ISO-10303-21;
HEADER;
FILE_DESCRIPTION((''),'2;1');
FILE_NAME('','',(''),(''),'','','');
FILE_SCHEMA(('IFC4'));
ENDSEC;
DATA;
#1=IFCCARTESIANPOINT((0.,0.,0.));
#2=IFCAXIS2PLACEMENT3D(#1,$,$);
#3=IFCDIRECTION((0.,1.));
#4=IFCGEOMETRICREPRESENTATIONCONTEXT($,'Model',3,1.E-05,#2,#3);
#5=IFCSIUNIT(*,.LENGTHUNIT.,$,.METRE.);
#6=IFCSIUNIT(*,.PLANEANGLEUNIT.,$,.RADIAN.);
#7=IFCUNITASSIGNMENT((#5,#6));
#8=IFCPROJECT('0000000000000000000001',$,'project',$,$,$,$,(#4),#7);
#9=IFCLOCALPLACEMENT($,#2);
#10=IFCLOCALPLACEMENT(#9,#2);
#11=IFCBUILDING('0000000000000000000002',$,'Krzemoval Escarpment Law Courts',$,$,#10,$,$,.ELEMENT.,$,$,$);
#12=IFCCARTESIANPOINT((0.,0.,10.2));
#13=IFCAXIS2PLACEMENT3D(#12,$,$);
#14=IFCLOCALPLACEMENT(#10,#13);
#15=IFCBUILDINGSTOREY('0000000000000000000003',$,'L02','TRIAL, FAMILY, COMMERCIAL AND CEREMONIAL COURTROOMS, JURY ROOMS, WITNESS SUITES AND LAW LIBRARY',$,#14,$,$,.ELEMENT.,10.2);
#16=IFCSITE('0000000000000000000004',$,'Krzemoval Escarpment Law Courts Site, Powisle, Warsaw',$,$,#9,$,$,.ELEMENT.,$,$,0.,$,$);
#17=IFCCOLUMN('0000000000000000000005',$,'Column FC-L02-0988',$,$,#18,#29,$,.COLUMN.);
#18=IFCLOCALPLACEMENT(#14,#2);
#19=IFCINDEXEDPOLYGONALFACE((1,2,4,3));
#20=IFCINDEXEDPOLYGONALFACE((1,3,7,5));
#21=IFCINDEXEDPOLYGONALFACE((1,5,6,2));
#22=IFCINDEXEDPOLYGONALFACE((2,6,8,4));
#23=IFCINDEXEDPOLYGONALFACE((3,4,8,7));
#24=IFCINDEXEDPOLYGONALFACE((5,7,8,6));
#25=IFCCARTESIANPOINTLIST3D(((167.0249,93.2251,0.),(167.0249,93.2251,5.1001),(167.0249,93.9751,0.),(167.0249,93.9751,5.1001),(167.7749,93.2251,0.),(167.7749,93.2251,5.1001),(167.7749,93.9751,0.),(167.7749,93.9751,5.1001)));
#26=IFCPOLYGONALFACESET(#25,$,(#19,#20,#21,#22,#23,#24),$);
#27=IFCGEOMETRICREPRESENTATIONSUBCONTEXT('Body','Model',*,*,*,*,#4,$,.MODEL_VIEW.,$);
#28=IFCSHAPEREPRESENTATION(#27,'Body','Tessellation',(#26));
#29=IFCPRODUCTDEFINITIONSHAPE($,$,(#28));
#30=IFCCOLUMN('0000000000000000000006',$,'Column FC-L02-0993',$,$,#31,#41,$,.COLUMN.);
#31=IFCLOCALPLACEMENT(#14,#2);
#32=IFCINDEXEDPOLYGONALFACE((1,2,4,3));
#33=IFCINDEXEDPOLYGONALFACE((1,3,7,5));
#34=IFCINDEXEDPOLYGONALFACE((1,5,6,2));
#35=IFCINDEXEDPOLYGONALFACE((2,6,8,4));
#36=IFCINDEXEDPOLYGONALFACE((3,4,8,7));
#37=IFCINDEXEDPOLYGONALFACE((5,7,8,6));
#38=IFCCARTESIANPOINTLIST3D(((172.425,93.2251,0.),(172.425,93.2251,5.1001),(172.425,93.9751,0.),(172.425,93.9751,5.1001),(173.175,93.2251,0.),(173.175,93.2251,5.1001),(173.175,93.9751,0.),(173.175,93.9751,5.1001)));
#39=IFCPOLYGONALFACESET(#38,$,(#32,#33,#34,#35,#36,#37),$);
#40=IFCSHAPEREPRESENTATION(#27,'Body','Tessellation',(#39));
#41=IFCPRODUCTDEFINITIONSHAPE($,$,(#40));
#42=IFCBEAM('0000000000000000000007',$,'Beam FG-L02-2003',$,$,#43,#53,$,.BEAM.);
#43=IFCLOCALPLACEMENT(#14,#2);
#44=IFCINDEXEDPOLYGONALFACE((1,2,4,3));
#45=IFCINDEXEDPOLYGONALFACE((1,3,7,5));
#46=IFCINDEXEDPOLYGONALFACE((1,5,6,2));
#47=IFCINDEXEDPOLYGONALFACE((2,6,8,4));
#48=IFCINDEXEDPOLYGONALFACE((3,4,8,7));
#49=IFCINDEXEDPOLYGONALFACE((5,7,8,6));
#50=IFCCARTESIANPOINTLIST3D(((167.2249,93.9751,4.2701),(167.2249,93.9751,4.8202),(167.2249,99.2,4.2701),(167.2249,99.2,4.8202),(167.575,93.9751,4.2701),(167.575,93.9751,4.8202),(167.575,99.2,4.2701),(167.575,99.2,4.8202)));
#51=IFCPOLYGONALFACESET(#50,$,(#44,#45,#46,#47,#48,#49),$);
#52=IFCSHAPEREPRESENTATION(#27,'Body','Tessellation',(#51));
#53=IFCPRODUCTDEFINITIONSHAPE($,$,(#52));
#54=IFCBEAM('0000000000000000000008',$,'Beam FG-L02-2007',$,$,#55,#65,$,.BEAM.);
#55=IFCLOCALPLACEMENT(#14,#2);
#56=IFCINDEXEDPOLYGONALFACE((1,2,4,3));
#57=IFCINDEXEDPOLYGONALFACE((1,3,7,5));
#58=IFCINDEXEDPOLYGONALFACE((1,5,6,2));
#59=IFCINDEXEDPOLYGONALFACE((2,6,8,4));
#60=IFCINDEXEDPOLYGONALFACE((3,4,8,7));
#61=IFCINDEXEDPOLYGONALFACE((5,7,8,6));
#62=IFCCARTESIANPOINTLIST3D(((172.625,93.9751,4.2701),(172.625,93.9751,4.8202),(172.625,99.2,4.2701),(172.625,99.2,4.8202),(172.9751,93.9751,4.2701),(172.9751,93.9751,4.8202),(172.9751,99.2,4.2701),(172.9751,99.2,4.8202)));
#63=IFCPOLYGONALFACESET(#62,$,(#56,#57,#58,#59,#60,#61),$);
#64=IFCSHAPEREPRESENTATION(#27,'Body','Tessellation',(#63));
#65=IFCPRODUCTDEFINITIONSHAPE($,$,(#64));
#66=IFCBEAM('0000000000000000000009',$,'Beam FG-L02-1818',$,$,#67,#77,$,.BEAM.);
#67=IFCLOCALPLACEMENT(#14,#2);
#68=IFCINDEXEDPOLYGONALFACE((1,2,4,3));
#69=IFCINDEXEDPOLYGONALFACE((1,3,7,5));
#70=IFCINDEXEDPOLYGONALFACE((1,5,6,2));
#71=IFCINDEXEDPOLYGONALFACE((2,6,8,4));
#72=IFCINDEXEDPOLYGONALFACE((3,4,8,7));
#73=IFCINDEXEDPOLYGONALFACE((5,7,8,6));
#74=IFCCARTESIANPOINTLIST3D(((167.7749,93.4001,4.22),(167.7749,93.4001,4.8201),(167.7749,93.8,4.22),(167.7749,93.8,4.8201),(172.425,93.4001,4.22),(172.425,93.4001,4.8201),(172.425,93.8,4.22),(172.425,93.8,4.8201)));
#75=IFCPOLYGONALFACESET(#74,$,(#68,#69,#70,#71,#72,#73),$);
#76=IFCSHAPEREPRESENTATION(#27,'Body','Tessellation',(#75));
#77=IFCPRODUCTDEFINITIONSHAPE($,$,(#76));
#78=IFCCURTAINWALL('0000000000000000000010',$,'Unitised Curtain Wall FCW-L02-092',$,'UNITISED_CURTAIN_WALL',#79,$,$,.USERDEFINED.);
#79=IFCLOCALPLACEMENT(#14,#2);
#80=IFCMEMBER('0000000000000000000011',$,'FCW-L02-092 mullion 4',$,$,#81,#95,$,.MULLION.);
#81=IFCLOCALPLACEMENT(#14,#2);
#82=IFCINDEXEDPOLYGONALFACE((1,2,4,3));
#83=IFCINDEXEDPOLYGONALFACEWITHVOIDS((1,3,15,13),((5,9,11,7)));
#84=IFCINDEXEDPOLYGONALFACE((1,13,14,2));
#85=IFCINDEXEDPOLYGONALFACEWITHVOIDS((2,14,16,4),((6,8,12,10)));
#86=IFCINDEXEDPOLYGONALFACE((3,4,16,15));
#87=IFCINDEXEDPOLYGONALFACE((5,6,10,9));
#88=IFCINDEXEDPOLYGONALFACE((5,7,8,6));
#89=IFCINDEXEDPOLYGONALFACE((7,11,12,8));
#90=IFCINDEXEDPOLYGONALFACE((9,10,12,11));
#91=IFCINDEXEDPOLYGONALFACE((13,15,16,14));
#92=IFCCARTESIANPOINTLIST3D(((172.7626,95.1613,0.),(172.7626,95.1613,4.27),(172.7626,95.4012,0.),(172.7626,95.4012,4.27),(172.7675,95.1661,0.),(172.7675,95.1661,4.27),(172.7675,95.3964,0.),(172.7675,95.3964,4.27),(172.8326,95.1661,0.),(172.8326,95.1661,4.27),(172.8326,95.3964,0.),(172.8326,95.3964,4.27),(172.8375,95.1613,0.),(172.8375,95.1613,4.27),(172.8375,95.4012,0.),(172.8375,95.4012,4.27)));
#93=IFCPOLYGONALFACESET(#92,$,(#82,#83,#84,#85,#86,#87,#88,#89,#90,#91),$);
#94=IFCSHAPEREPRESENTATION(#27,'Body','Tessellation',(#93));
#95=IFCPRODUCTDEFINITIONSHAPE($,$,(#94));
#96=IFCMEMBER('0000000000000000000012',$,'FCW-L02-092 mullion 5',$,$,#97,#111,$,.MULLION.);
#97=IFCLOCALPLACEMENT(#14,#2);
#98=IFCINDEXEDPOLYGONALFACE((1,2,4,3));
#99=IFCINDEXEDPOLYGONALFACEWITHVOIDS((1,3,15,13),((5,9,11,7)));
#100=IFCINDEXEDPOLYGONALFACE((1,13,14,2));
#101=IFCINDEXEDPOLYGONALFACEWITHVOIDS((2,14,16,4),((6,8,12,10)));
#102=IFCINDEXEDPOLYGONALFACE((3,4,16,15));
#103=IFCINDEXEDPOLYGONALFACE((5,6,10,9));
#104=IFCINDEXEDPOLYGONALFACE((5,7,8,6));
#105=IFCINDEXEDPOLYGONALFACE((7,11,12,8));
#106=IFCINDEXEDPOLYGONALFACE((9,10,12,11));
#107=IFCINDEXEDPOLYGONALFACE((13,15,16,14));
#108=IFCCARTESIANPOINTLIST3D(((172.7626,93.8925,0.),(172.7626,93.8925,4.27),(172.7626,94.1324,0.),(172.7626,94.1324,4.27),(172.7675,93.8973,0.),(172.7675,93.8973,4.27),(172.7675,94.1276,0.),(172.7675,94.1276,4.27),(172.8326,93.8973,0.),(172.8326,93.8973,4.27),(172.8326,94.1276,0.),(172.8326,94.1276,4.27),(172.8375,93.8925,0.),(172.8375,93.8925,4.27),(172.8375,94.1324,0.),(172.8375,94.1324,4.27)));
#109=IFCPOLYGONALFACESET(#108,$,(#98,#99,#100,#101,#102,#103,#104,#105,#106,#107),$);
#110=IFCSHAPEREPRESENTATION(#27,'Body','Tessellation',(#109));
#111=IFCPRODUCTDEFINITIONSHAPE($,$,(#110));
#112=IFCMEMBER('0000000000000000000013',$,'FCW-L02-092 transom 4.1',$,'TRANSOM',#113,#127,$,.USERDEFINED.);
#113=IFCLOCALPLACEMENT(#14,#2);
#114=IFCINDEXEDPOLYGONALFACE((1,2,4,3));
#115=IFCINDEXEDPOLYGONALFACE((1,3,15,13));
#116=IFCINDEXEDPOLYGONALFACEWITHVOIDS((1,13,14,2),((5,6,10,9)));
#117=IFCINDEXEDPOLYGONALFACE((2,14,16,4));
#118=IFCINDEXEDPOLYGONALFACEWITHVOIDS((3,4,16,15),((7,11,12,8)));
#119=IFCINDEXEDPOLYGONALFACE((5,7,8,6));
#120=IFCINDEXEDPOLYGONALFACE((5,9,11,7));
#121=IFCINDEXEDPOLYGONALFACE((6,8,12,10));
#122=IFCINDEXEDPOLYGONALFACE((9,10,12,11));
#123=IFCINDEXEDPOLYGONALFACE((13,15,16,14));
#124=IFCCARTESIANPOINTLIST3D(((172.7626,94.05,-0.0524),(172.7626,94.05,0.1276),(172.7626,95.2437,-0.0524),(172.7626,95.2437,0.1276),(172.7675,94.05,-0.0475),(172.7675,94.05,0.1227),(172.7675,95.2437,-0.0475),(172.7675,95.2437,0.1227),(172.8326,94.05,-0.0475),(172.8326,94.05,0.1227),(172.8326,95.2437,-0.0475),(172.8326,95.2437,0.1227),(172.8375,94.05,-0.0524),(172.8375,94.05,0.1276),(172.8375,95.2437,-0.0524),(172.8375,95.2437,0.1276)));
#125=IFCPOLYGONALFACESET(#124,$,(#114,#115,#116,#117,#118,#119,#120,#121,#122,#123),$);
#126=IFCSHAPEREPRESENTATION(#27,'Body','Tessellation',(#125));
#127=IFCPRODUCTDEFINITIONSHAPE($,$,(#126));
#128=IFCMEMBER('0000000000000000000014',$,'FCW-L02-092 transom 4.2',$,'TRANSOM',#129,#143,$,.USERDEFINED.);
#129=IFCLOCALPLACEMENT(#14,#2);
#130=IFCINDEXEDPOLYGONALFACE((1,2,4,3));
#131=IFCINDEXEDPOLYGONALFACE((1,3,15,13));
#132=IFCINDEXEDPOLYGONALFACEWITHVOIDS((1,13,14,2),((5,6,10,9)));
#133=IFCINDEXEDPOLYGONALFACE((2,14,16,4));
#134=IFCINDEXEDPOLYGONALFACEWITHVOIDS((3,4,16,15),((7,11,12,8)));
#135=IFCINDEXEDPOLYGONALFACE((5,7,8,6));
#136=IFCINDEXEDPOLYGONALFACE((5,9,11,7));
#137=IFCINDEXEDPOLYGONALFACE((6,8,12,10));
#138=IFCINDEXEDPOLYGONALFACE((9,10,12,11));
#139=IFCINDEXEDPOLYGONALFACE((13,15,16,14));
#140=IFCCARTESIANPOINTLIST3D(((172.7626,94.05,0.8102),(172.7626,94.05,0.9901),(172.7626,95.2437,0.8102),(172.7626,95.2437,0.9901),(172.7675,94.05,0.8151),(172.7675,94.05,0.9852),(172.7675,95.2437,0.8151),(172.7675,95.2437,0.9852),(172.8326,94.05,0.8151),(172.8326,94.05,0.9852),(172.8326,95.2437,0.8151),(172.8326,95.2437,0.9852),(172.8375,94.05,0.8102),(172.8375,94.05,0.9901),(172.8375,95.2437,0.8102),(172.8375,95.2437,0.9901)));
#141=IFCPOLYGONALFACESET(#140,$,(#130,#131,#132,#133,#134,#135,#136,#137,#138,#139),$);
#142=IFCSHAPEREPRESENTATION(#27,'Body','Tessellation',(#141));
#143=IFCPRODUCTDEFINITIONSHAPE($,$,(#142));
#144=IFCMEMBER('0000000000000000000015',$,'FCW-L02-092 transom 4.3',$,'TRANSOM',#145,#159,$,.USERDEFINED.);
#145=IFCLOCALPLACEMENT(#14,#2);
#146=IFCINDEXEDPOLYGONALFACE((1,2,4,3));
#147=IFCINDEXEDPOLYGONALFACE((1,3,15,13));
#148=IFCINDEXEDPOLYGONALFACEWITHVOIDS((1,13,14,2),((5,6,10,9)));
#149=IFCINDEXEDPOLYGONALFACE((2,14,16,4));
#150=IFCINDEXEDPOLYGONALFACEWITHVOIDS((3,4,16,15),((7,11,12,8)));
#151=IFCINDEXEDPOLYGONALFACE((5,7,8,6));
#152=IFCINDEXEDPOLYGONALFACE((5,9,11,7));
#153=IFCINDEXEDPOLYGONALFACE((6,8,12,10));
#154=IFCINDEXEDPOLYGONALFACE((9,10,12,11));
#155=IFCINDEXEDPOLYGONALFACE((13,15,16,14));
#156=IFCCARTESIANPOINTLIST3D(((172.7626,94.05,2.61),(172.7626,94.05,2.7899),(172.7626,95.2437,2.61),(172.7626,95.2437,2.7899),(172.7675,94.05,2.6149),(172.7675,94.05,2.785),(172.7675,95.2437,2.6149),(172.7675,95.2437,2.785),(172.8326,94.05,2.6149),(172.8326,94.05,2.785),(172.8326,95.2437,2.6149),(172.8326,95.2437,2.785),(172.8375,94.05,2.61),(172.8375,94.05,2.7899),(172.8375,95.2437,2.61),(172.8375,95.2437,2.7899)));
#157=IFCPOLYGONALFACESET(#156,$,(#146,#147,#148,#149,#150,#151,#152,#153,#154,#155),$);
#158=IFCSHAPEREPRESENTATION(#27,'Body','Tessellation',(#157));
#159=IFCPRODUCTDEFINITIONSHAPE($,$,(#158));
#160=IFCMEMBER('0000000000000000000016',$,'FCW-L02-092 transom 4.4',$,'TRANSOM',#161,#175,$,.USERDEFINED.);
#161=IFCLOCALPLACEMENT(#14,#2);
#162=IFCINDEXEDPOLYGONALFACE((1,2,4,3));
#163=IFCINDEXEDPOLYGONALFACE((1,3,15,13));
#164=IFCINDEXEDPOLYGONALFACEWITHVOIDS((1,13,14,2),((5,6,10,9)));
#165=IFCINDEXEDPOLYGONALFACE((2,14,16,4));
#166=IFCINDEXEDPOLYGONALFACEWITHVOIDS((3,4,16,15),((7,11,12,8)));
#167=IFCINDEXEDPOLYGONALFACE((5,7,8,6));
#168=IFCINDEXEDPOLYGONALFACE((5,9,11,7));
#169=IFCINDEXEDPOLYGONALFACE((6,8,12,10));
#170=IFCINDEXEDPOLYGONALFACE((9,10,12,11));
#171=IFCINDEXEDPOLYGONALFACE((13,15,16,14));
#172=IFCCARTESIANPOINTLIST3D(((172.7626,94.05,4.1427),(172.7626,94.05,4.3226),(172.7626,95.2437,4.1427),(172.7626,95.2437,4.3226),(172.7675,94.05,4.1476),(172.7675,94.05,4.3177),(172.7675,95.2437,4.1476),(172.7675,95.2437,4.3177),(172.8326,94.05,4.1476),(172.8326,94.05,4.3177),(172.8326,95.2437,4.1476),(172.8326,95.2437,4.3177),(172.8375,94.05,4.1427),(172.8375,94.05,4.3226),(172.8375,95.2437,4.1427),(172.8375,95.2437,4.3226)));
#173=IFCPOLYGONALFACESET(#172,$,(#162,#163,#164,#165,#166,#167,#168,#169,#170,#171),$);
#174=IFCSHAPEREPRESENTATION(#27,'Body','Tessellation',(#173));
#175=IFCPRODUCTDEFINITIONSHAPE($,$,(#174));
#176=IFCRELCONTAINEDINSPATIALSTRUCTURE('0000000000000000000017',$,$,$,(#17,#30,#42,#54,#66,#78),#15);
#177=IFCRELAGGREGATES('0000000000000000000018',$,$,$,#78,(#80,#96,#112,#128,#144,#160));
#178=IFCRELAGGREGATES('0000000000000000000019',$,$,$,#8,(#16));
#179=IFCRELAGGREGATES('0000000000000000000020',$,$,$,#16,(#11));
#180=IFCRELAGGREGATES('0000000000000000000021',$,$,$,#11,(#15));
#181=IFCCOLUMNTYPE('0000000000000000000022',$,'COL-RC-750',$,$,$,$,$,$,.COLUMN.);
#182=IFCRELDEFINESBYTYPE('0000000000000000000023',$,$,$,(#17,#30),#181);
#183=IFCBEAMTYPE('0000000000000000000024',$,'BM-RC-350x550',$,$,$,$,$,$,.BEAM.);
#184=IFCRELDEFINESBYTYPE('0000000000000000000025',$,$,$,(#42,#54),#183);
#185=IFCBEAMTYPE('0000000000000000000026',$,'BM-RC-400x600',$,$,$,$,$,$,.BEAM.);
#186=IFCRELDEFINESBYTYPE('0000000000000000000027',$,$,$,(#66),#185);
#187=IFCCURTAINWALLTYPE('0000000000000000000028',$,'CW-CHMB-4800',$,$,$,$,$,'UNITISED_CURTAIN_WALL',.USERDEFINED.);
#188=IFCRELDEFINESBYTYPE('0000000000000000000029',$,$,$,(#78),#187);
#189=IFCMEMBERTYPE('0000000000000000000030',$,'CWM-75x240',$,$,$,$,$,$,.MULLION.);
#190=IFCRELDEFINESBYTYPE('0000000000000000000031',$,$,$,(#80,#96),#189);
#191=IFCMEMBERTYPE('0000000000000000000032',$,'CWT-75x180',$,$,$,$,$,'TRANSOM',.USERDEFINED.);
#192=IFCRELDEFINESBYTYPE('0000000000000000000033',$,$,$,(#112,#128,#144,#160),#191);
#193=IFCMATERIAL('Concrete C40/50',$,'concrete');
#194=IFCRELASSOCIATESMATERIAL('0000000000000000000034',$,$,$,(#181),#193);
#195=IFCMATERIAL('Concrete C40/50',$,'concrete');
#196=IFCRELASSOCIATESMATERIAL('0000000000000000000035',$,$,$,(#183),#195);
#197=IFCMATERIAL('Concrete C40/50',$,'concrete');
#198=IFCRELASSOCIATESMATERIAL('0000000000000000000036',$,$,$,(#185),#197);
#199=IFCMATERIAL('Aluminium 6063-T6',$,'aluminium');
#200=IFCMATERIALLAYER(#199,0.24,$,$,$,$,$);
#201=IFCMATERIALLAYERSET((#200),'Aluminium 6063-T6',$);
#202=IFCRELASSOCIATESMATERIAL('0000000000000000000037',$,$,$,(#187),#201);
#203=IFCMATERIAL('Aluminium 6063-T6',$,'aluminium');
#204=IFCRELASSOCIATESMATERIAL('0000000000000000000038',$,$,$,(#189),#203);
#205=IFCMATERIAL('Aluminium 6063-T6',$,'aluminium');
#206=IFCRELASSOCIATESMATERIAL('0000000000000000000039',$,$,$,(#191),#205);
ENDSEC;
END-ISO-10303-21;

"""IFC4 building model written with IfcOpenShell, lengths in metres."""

from ifc_helpers import new_model, si_unit, direction, frame, origin, origin_2d, place, context, subcontext, project, spatial, rectangle, hollow_rectangle, extrude, material, layer, layer_set, material_profile, profile_set, type_object, element, aggregate, save


model = new_model("IFC4")

# Units and contexts
model_context = context("Model", 3, precision=1e-05, world=origin(), true_north=direction((0.0, 1.0)))
body_context = subcontext(model_context, "Body", "Model", "MODEL_VIEW")
ifc_project = project(units=[si_unit("LENGTHUNIT", "METRE"), si_unit("PLANEANGLEUNIT", "RADIAN")], contexts=[model_context])

# Site, building, storey
site_placement = place(None, origin())
site = spatial("IfcSite", under=ifc_project, at=site_placement, Name="Krzemoval Escarpment Law Courts Site, Powisle, Warsaw", CompositionType="ELEMENT", RefElevation=0.0)
building_placement = place(site_placement, origin())
building = spatial("IfcBuilding", under=site, at=building_placement, Name="Krzemoval Escarpment Law Courts", CompositionType="ELEMENT")
storey_placement = place(building_placement, frame((0.0, 0.0, 10.2)))
storey = spatial("IfcBuildingStorey", under=building, at=storey_placement, Name="L02", Description="TRIAL, FAMILY, COMMERCIAL AND CEREMONIAL COURTROOMS, JURY ROOMS, WITNESS SUITES AND LAW LIBRARY", CompositionType="ELEMENT", Elevation=10.2)

# Columns
ifc_material_1 = material(Name="Concrete C40/50", Category="concrete")
ifc_material_profile_1 = material_profile(ifc_material_1, rectangle(XDim=0.75, YDim=0.75, at=origin_2d()), Name="RC 750x750")
ifc_profile_set_1 = profile_set([ifc_material_profile_1], Name="Concrete C40/50")
column_type = type_object("IfcColumnType", Name="COL-RC-750", PredefinedType="COLUMN", material=ifc_profile_set_1)
for number, where, z_axis, x_axis, name in (
    (1, (167.3999, 93.6001, 0.0), (0.0, 0.0, 1.0), (1.0, 0.0, 0.0), "Column FC-L02-0988"),
    (2, (172.8, 93.6001, 0.0), (0.0, 0.0, 1.0), (1.0, 0.0, 0.0), "Column FC-L02-0993"),
):
    element("IfcColumn", number, at=place(storey_placement, frame(where, z_axis=z_axis, x_axis=x_axis)), inside=storey, type_object=column_type, Name=name, PredefinedType="COLUMN", context=body_context, shape_type="SweptSolid", body=[
        extrude(rectangle(XDim=0.75, YDim=0.75, at=origin_2d()), origin(), (0.0, 0.0, 1.0), 5.1001),
    ])

# Beams
ifc_material_2 = material(Name="Concrete C40/50", Category="concrete")
ifc_material_profile_2 = material_profile(ifc_material_2, rectangle(XDim=0.3501, YDim=0.55, at=origin_2d()), Name="RCB 350x550")
ifc_profile_set_2 = profile_set([ifc_material_profile_2], Name="Concrete C40/50")
beam_type_1 = type_object("IfcBeamType", Name="BM-RC-350x550", PredefinedType="BEAM", material=ifc_profile_set_2)
for number, where, z_axis, x_axis, name in (
    (3, (167.3999, 93.9751, 4.5452), (0.0, 1.0, 0.0), (-1.0, 0.0, 0.0), "Beam FG-L02-2003"),
    (4, (172.8, 93.9751, 4.5452), (0.0, 1.0, 0.0), (-1.0, 0.0, 0.0), "Beam FG-L02-2007"),
):
    element("IfcBeam", number, at=place(storey_placement, frame(where, z_axis=z_axis, x_axis=x_axis)), inside=storey, type_object=beam_type_1, Name=name, PredefinedType="BEAM", context=body_context, shape_type="SweptSolid", body=[
        extrude(rectangle(XDim=0.3501, YDim=0.55, at=origin_2d()), origin(), (0.0, 0.0, 1.0), 5.2249),
    ])
ifc_material_3 = material(Name="Concrete C40/50", Category="concrete")
ifc_material_profile_3 = material_profile(ifc_material_3, rectangle(XDim=0.3999, YDim=0.6001, at=origin_2d()), Name="RCB 400x600")
ifc_profile_set_3 = profile_set([ifc_material_profile_3], Name="Concrete C40/50")
beam_type_2 = type_object("IfcBeamType", Name="BM-RC-400x600", PredefinedType="BEAM", material=ifc_profile_set_3)
beam_placement = place(storey_placement, frame((167.7749, 93.6001, 4.52), z_axis=(1.0, 0.0, 0.0), x_axis=(0.0, 1.0, 0.0)))
element("IfcBeam", 5, at=beam_placement, inside=storey, type_object=beam_type_2, Name="Beam FG-L02-1818", PredefinedType="BEAM", context=body_context, shape_type="SweptSolid", body=[
    extrude(rectangle(XDim=0.3999, YDim=0.6001, at=origin_2d()), origin(), (0.0, 0.0, 1.0), 4.6501),
])

# Curtain wall, members
ifc_material_4 = material(Name="Aluminium 6063-T6", Category="aluminium")
ifc_layer_1 = layer(ifc_material_4, 0.24)
ifc_layer_set_1 = layer_set([ifc_layer_1], Name="Aluminium 6063-T6")
curtain_wall_type = type_object("IfcCurtainWallType", Name="CW-CHMB-4800", ElementType="UNITISED_CURTAIN_WALL", PredefinedType="USERDEFINED", material=ifc_layer_set_1)
curtain_wall_placement = place(storey_placement, origin())
curtain_wall = element("IfcCurtainWall", 6, at=curtain_wall_placement, inside=storey, type_object=curtain_wall_type, Name="Unitised Curtain Wall FCW-L02-092", ObjectType="UNITISED_CURTAIN_WALL", PredefinedType="USERDEFINED")
ifc_material_5 = material(Name="Aluminium 6063-T6", Category="aluminium")
ifc_material_profile_4 = material_profile(ifc_material_5, hollow_rectangle(XDim=0.075, YDim=0.24, WallThickness=0.0049, at=origin_2d()), Name="ALU M75x240")
ifc_profile_set_4 = profile_set([ifc_material_profile_4], Name="Aluminium 6063-T6")
member_type_1 = type_object("IfcMemberType", Name="CWM-75x240", PredefinedType="MULLION", material=ifc_profile_set_4)
member_1_placement = place(storey_placement, frame((172.8, 95.2812, 0.0), z_axis=(0.0, 0.0, 1.0), x_axis=(1.0, 0.0, 0.0)))
member_1 = element("IfcMember", 7, at=member_1_placement, type_object=member_type_1, Name="FCW-L02-092 mullion 4", PredefinedType="MULLION", context=body_context, shape_type="SweptSolid", body=[
    extrude(hollow_rectangle(XDim=0.075, YDim=0.24, WallThickness=0.0049, at=origin_2d()), origin(), (0.0, 0.0, 1.0), 4.27),
])
member_2_placement = place(storey_placement, frame((172.8, 94.0125, 0.0), z_axis=(0.0, 0.0, 1.0), x_axis=(1.0, 0.0, 0.0)))
member_2 = element("IfcMember", 8, at=member_2_placement, type_object=member_type_1, Name="FCW-L02-092 mullion 5", PredefinedType="MULLION", context=body_context, shape_type="SweptSolid", body=[
    extrude(hollow_rectangle(XDim=0.075, YDim=0.24, WallThickness=0.0049, at=origin_2d()), origin(), (0.0, 0.0, 1.0), 4.27),
])
ifc_material_6 = material(Name="Aluminium 6063-T6", Category="aluminium")
ifc_material_profile_5 = material_profile(ifc_material_6, hollow_rectangle(XDim=0.075, YDim=0.1799, WallThickness=0.0049, at=origin_2d()), Name="ALU T75x180")
ifc_profile_set_5 = profile_set([ifc_material_profile_5], Name="Aluminium 6063-T6")
member_type_2 = type_object("IfcMemberType", Name="CWT-75x180", ElementType="TRANSOM", PredefinedType="USERDEFINED", material=ifc_profile_set_5)
member_3_placement = place(storey_placement, frame((172.8, 95.2437, 0.0376), z_axis=(0.0, -1.0, 0.0), x_axis=(1.0, 0.0, 0.0)))
member_3 = element("IfcMember", 9, at=member_3_placement, type_object=member_type_2, Name="FCW-L02-092 transom 4.1", ObjectType="TRANSOM", PredefinedType="USERDEFINED", context=body_context, shape_type="SweptSolid", body=[
    extrude(hollow_rectangle(XDim=0.075, YDim=0.1799, WallThickness=0.0049, at=origin_2d()), origin(), (0.0, 0.0, 1.0), 1.1936),
])
member_4_placement = place(storey_placement, frame((172.8, 95.2437, 0.9001), z_axis=(0.0, -1.0, 0.0), x_axis=(1.0, 0.0, 0.0)))
member_4 = element("IfcMember", 10, at=member_4_placement, type_object=member_type_2, Name="FCW-L02-092 transom 4.2", ObjectType="TRANSOM", PredefinedType="USERDEFINED", context=body_context, shape_type="SweptSolid", body=[
    extrude(hollow_rectangle(XDim=0.075, YDim=0.1799, WallThickness=0.0049, at=origin_2d()), origin(), (0.0, 0.0, 1.0), 1.1936),
])
member_5_placement = place(storey_placement, frame((172.8, 95.2437, 2.7), z_axis=(0.0, -1.0, 0.0), x_axis=(1.0, 0.0, 0.0)))
member_5 = element("IfcMember", 11, at=member_5_placement, type_object=member_type_2, Name="FCW-L02-092 transom 4.3", ObjectType="TRANSOM", PredefinedType="USERDEFINED", context=body_context, shape_type="SweptSolid", body=[
    extrude(hollow_rectangle(XDim=0.075, YDim=0.1799, WallThickness=0.0049, at=origin_2d()), origin(), (0.0, 0.0, 1.0), 1.1936),
])
member_6_placement = place(storey_placement, frame((172.8, 95.2437, 4.2327), z_axis=(0.0, -1.0, 0.0), x_axis=(1.0, 0.0, 0.0)))
member_6 = element("IfcMember", 12, at=member_6_placement, type_object=member_type_2, Name="FCW-L02-092 transom 4.4", ObjectType="TRANSOM", PredefinedType="USERDEFINED", context=body_context, shape_type="SweptSolid", body=[
    extrude(hollow_rectangle(XDim=0.075, YDim=0.1799, WallThickness=0.0049, at=origin_2d()), origin(), (0.0, 0.0, 1.0), 1.1936),
])

aggregate(curtain_wall, [member_1, member_2, member_3, member_4, member_5, member_6])

save(model, "model.ifc")
